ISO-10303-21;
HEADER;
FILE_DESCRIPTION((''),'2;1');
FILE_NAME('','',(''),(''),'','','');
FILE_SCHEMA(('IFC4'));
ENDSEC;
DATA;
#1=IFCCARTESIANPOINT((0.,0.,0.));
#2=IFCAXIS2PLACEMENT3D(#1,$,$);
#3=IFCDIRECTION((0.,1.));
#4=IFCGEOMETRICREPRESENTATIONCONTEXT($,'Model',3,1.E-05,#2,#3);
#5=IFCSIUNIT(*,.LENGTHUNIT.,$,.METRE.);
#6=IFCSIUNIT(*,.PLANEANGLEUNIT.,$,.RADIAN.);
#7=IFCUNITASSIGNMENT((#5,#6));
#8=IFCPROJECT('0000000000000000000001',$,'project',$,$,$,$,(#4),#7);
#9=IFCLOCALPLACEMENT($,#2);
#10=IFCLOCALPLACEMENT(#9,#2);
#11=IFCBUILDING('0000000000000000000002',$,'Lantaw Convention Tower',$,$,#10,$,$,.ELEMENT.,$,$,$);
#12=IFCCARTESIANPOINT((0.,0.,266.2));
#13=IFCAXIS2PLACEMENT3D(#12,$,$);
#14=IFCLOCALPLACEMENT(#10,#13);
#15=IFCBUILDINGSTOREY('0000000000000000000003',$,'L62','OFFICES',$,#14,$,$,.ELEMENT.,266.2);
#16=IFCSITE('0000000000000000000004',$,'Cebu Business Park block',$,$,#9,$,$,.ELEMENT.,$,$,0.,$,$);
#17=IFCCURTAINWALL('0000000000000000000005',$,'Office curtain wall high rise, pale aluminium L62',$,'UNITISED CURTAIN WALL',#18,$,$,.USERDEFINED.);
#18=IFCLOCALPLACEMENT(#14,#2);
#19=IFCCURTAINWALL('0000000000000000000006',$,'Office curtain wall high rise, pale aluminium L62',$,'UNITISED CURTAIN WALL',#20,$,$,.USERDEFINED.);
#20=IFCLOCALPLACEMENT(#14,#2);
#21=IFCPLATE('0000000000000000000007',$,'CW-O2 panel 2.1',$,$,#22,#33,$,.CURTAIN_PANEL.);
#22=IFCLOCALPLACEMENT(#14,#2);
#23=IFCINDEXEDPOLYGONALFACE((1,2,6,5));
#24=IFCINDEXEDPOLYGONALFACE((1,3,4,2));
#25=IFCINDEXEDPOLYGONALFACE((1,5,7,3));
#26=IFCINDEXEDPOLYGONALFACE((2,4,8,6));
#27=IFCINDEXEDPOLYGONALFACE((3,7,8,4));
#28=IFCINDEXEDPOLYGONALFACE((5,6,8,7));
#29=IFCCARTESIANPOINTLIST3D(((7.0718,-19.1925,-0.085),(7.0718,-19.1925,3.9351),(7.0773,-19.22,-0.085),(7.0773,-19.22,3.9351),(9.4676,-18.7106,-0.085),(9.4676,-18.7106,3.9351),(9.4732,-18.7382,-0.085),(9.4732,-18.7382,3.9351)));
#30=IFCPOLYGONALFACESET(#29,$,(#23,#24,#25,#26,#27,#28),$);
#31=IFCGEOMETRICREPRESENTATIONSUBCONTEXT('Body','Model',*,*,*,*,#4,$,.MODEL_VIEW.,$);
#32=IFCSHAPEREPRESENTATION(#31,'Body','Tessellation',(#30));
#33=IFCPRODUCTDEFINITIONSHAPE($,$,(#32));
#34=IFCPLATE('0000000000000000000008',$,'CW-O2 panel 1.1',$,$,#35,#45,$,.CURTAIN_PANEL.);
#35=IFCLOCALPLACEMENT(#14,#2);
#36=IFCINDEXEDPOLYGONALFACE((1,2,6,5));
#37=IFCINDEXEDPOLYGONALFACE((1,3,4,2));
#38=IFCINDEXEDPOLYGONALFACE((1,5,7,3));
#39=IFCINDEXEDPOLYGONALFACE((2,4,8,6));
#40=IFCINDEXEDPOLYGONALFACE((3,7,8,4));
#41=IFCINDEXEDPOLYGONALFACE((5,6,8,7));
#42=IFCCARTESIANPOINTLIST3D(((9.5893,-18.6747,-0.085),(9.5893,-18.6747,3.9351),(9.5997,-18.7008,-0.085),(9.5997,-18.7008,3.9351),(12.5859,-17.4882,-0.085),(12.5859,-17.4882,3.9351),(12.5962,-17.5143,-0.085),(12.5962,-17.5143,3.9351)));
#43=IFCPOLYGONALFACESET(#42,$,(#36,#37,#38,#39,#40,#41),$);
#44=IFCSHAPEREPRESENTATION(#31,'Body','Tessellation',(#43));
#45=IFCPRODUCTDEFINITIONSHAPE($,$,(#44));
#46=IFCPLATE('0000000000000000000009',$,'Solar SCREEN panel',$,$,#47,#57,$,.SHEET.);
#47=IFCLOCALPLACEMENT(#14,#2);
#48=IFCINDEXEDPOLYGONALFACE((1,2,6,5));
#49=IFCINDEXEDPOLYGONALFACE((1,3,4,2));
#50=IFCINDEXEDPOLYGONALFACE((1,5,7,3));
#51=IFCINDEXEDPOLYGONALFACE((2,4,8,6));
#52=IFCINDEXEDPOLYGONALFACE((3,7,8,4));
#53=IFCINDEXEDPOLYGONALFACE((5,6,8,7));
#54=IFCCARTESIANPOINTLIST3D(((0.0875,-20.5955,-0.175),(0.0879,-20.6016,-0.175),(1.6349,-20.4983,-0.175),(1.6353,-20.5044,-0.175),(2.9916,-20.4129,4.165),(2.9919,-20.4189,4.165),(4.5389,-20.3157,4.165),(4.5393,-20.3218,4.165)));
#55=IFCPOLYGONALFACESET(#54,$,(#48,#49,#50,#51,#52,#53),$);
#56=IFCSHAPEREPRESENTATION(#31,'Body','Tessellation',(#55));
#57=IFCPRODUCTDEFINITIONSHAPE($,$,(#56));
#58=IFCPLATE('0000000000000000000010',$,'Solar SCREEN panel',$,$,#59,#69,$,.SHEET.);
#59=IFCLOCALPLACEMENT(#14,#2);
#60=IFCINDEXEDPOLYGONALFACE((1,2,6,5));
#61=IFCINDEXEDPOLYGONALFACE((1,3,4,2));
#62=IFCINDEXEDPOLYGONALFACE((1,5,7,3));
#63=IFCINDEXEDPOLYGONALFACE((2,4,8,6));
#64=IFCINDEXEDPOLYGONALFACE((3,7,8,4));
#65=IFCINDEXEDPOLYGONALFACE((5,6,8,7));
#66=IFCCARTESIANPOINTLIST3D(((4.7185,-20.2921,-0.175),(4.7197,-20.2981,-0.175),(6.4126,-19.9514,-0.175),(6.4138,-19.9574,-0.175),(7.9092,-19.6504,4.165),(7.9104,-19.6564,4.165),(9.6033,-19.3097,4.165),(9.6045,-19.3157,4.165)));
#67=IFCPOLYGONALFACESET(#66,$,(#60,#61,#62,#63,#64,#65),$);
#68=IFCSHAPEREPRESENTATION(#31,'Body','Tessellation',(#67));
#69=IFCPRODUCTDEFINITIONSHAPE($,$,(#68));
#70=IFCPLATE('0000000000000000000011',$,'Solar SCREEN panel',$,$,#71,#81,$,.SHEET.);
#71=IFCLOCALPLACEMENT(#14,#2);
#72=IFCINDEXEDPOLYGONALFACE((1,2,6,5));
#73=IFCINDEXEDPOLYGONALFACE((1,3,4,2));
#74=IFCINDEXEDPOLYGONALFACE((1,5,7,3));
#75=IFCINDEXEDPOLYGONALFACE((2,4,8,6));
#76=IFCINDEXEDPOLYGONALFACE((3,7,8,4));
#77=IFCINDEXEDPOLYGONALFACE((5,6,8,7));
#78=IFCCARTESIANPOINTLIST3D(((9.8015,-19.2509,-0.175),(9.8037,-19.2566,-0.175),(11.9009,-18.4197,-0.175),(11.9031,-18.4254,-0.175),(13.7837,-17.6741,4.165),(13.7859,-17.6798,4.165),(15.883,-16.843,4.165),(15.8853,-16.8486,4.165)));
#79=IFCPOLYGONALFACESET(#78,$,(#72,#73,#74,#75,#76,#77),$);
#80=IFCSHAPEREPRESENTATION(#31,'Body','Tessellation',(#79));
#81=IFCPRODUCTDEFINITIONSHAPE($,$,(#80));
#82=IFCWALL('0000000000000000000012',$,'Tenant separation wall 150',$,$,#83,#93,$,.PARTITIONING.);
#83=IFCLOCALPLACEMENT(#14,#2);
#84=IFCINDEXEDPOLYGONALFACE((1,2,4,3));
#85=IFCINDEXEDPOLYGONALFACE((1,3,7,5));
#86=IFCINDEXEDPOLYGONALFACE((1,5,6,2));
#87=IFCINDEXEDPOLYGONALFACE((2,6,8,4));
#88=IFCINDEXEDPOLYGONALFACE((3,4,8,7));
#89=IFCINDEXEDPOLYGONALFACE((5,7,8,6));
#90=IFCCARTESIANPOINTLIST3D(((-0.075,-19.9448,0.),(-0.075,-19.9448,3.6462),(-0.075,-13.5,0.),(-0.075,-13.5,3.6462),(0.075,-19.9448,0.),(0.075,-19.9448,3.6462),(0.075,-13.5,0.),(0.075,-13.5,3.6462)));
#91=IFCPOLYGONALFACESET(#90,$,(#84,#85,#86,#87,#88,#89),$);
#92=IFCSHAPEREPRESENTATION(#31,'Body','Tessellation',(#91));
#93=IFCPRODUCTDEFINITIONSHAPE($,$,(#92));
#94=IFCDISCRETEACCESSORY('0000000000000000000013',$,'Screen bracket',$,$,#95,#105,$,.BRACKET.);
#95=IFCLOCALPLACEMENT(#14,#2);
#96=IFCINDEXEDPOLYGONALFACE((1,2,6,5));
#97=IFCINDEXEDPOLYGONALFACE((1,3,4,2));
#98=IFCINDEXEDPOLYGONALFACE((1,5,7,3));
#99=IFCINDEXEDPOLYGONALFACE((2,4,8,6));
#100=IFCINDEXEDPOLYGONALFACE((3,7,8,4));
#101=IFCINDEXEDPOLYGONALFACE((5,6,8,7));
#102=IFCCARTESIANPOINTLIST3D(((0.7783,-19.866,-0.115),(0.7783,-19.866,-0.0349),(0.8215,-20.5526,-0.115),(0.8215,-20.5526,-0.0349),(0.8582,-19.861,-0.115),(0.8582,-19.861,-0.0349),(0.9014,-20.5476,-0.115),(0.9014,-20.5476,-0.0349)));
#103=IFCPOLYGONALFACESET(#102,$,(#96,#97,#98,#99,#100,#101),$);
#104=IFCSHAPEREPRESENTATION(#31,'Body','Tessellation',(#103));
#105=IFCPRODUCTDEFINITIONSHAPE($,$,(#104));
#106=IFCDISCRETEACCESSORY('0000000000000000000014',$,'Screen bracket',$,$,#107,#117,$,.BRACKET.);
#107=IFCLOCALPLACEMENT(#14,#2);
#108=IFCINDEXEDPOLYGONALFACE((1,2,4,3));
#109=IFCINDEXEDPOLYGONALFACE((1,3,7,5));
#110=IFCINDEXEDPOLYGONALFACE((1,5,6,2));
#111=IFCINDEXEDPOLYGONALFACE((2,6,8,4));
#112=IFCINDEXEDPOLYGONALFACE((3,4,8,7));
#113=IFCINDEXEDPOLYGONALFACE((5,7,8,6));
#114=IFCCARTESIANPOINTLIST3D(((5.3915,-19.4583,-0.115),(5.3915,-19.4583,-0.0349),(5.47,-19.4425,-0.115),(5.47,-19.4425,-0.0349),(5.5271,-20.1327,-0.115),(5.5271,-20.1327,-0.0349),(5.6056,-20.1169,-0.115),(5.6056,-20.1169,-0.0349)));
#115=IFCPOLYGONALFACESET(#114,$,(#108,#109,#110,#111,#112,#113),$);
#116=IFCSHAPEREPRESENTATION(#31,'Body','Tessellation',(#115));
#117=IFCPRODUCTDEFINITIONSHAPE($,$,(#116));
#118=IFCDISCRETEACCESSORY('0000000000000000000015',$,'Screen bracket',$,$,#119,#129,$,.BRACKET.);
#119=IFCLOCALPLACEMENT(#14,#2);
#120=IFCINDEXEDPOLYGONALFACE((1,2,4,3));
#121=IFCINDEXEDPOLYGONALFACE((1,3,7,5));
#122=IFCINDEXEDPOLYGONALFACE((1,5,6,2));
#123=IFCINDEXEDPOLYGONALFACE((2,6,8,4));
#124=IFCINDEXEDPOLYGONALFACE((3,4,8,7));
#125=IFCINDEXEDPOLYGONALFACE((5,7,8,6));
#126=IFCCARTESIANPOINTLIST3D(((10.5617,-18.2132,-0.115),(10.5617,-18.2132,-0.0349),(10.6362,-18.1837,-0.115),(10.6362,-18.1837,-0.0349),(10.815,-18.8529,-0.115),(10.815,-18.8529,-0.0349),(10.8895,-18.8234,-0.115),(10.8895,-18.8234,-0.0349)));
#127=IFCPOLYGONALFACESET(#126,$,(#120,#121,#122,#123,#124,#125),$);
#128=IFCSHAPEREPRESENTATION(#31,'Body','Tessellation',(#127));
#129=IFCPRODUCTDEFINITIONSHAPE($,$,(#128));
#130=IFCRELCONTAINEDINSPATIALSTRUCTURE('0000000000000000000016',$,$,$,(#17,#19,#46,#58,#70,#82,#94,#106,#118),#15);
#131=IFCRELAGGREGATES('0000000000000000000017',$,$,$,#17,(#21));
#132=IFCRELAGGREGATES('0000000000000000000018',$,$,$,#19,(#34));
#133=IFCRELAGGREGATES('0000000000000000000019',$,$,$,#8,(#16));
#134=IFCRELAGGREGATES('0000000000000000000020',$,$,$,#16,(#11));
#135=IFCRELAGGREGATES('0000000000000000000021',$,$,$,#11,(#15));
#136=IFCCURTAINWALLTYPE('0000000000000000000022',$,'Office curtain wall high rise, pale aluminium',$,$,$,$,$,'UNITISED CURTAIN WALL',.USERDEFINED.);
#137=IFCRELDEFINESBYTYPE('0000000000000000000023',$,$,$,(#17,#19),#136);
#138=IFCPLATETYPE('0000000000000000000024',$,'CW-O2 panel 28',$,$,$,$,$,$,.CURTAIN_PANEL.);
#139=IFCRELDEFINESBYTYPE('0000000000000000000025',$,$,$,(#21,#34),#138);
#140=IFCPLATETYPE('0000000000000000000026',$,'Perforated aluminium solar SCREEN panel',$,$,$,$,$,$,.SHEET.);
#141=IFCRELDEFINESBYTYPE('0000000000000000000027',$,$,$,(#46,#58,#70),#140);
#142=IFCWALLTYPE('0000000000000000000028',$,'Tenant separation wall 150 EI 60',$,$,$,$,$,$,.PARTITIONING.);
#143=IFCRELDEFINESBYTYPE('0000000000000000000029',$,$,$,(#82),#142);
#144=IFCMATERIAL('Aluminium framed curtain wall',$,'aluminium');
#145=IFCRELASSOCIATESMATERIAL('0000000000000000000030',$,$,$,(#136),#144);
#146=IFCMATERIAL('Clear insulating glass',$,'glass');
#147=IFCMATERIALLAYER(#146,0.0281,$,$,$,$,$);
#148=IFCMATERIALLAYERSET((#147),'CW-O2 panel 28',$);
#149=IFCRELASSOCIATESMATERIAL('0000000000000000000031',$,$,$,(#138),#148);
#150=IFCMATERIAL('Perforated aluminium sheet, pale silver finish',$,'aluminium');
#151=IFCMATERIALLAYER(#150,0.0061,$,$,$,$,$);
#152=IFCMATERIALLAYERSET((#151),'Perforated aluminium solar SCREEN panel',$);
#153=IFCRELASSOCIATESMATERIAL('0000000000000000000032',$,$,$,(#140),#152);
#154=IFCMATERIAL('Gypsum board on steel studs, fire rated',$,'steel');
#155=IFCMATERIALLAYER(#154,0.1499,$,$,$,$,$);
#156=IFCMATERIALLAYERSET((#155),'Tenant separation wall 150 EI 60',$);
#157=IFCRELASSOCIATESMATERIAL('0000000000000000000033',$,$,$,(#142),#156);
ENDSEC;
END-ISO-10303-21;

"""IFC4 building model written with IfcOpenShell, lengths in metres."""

from ifc_helpers import new_model, si_unit, direction, frame, frame_2d, origin, origin_2d, place, context, subcontext, project, spatial, polyline, rectangle, outline, extrude, material, layer, layer_set, type_object, element, aggregate, save


model = new_model("IFC4")

# Units and contexts
model_context = context("Model", 3, precision=1e-05, world=origin(), true_north=direction((0.0, 1.0)))
body_context = subcontext(model_context, "Body", "Model", "MODEL_VIEW")
ifc_project = project(units=[si_unit("LENGTHUNIT", "METRE"), si_unit("PLANEANGLEUNIT", "RADIAN")], contexts=[model_context])

# Site, building, storey
site_placement = place(None, origin())
site = spatial("IfcSite", under=ifc_project, at=site_placement, Name="Cebu Business Park block", CompositionType="ELEMENT", RefElevation=0.0)
building_placement = place(site_placement, origin())
building = spatial("IfcBuilding", under=site, at=building_placement, Name="Lantaw Convention Tower", CompositionType="ELEMENT")
storey_placement = place(building_placement, frame((0.0, 0.0, 266.2)))
storey = spatial("IfcBuildingStorey", under=building, at=storey_placement, Name="L62", Description="OFFICES", CompositionType="ELEMENT", Elevation=266.2)

# Curtain wall
ifc_material_1 = material(Name="Aluminium framed curtain wall", Category="aluminium")
curtain_wall_type = type_object("IfcCurtainWallType", Name="Office curtain wall high rise, pale aluminium", ElementType="UNITISED CURTAIN WALL", PredefinedType="USERDEFINED", material=ifc_material_1)
curtain_wall_1_placement = place(storey_placement, origin())
curtain_wall_1 = element("IfcCurtainWall", 1, at=curtain_wall_1_placement, inside=storey, type_object=curtain_wall_type, Name="Office curtain wall high rise, pale aluminium L62", ObjectType="UNITISED CURTAIN WALL", PredefinedType="USERDEFINED")

# Curtain wall
curtain_wall_2_placement = place(storey_placement, origin())
curtain_wall_2 = element("IfcCurtainWall", 2, at=curtain_wall_2_placement, inside=storey, type_object=curtain_wall_type, Name="Office curtain wall high rise, pale aluminium L62", ObjectType="UNITISED CURTAIN WALL", PredefinedType="USERDEFINED")

# Plates
ifc_material_2 = material(Name="Clear insulating glass", Category="glass")
ifc_layer_1 = layer(ifc_material_2, 0.0281)
ifc_layer_set_1 = layer_set([ifc_layer_1], Name="CW-O2 panel 28")
plate_type_1 = type_object("IfcPlateType", Name="CW-O2 panel 28", PredefinedType="CURTAIN_PANEL", material=ifc_layer_set_1)
plate_1_placement = place(storey_placement, frame((8.2725, -18.9653, -0.085), z_axis=(0.0, 0.0, 1.0), x_axis=(0.980367, 0.197183, 0.0)))
plate_1 = element("IfcPlate", 3, at=plate_1_placement, type_object=plate_type_1, Name="CW-O2 panel 2.1", PredefinedType="CURTAIN_PANEL", context=body_context, shape_type="SweptSolid", body=[
    extrude(rectangle(XDim=2.4438, YDim=0.0281, at=origin_2d()), origin(), (0.0, 0.0, 1.0), 4.02),
])
aggregate(curtain_wall_1, [plate_1])
plate_2_placement = place(storey_placement, frame((11.0928, -18.0945, -0.085), z_axis=(0.0, 0.0, 1.0), x_axis=(0.929762, 0.368162, 0.0)))
plate_2 = element("IfcPlate", 4, at=plate_2_placement, type_object=plate_type_1, Name="CW-O2 panel 1.1", PredefinedType="CURTAIN_PANEL", context=body_context, shape_type="SweptSolid", body=[
    extrude(rectangle(XDim=3.2229, YDim=0.0281, at=origin_2d()), origin(), (0.0, 0.0, 1.0), 4.02),
])
aggregate(curtain_wall_2, [plate_2])

# Plates
ifc_material_3 = material(Name="Perforated aluminium sheet, pale silver finish", Category="aluminium")
ifc_layer_2 = layer(ifc_material_3, 0.0061)
ifc_layer_set_2 = layer_set([ifc_layer_2], Name="Perforated aluminium solar SCREEN panel")
plate_type_2 = type_object("IfcPlateType", Name="Perforated aluminium solar SCREEN panel", PredefinedType="SHEET", material=ifc_layer_set_2)
plate_3_placement = place(storey_placement, frame((0.0879, -20.6016, -0.175), z_axis=(0.062672, -0.998034, 0.000059), x_axis=(0.998034, 0.062672, 0.0)))
element("IfcPlate", 5, at=plate_3_placement, inside=storey, type_object=plate_type_2, Name="Solar SCREEN panel", PredefinedType="SHEET", context=body_context, shape_type="SweptSolid", body=[
    extrude(outline(polyline([(0.0, 0.0), (1.5504, 0.0), (4.4602, 4.3401), (2.9098, 4.3401), (0.0, 0.0)])), origin(), (0.0, 0.0, -1.0), 0.0061),
])
plate_4_placement = place(storey_placement, frame((4.7197, -20.2981, -0.175), z_axis=(0.197162, -0.980371, 0.000011), x_axis=(0.980371, 0.197162, 0.0)))
element("IfcPlate", 6, at=plate_4_placement, inside=storey, type_object=plate_type_2, Name="Solar SCREEN panel", PredefinedType="SHEET", context=body_context, shape_type="SweptSolid", body=[
    extrude(outline(polyline([(0.0, 0.0), (1.728, 0.0), (4.9826, 4.3401), (3.2546, 4.3401), (0.0, 0.0)])), origin(), (0.0, 0.0, -1.0), 0.0061),
])
plate_5_placement = place(storey_placement, frame((9.8037, -19.2566, -0.175), z_axis=(0.368117, -0.92978, 0.000036), x_axis=(0.92978, 0.368117, 0.0)))
element("IfcPlate", 7, at=plate_5_placement, inside=storey, type_object=plate_type_2, Name="Solar SCREEN panel", PredefinedType="SHEET", context=body_context, shape_type="SweptSolid", body=[
    extrude(outline(polyline([(0.0, 0.0), (2.258, 0.0), (6.5409, 4.3401), (4.283, 4.3401), (0.0, 0.0)])), origin(), (0.0, 0.0, -1.0), 0.0061),
])

# Wall
ifc_material_4 = material(Name="Gypsum board on steel studs, fire rated", Category="steel")
ifc_layer_3 = layer(ifc_material_4, 0.1499)
ifc_layer_set_3 = layer_set([ifc_layer_3], Name="Tenant separation wall 150 EI 60")
wall_type = type_object("IfcWallType", Name="Tenant separation wall 150 EI 60", PredefinedType="PARTITIONING", material=ifc_layer_set_3)
wall_placement = place(storey_placement, frame((0.0, -19.9448, 0.0), z_axis=(0.0, 0.0, 1.0), x_axis=(0.0, 1.0, 0.0)))
element("IfcWall", 8, at=wall_placement, inside=storey, type_object=wall_type, Name="Tenant separation wall 150", PredefinedType="PARTITIONING", context=body_context, shape_type="SweptSolid", body=[
    extrude(rectangle(XDim=6.4448, YDim=0.1499, at=frame_2d((3.2224, 0.0))), origin(), (0.0, 0.0, 1.0), 3.6462),
])

# Discrete accessories
for number, where, z_axis, x_axis, name in (
    (9, (0.8398, -20.2068, -0.115), (0.0, 0.0, 1.0), (0.998029, 0.062758, 0.0), "Screen bracket"),
    (10, (5.4985, -19.7876, -0.115), (0.0, 0.0, 1.0), (0.980367, 0.197183, 0.0), "Screen bracket"),
    (11, (10.7256, -18.5183, -0.115), (0.0, 0.0, 1.0), (0.929762, 0.368162, 0.0), "Screen bracket"),
):
    element("IfcDiscreteAccessory", number, at=place(storey_placement, frame(where, z_axis=z_axis, x_axis=x_axis)), inside=storey, Name=name, PredefinedType="BRACKET", context=body_context, shape_type="SweptSolid", body=[
        extrude(rectangle(XDim=0.0801, YDim=0.688, at=origin_2d()), origin(), (0.0, 0.0, 1.0), 0.0801),
    ])

save(model, "model.ifc")
